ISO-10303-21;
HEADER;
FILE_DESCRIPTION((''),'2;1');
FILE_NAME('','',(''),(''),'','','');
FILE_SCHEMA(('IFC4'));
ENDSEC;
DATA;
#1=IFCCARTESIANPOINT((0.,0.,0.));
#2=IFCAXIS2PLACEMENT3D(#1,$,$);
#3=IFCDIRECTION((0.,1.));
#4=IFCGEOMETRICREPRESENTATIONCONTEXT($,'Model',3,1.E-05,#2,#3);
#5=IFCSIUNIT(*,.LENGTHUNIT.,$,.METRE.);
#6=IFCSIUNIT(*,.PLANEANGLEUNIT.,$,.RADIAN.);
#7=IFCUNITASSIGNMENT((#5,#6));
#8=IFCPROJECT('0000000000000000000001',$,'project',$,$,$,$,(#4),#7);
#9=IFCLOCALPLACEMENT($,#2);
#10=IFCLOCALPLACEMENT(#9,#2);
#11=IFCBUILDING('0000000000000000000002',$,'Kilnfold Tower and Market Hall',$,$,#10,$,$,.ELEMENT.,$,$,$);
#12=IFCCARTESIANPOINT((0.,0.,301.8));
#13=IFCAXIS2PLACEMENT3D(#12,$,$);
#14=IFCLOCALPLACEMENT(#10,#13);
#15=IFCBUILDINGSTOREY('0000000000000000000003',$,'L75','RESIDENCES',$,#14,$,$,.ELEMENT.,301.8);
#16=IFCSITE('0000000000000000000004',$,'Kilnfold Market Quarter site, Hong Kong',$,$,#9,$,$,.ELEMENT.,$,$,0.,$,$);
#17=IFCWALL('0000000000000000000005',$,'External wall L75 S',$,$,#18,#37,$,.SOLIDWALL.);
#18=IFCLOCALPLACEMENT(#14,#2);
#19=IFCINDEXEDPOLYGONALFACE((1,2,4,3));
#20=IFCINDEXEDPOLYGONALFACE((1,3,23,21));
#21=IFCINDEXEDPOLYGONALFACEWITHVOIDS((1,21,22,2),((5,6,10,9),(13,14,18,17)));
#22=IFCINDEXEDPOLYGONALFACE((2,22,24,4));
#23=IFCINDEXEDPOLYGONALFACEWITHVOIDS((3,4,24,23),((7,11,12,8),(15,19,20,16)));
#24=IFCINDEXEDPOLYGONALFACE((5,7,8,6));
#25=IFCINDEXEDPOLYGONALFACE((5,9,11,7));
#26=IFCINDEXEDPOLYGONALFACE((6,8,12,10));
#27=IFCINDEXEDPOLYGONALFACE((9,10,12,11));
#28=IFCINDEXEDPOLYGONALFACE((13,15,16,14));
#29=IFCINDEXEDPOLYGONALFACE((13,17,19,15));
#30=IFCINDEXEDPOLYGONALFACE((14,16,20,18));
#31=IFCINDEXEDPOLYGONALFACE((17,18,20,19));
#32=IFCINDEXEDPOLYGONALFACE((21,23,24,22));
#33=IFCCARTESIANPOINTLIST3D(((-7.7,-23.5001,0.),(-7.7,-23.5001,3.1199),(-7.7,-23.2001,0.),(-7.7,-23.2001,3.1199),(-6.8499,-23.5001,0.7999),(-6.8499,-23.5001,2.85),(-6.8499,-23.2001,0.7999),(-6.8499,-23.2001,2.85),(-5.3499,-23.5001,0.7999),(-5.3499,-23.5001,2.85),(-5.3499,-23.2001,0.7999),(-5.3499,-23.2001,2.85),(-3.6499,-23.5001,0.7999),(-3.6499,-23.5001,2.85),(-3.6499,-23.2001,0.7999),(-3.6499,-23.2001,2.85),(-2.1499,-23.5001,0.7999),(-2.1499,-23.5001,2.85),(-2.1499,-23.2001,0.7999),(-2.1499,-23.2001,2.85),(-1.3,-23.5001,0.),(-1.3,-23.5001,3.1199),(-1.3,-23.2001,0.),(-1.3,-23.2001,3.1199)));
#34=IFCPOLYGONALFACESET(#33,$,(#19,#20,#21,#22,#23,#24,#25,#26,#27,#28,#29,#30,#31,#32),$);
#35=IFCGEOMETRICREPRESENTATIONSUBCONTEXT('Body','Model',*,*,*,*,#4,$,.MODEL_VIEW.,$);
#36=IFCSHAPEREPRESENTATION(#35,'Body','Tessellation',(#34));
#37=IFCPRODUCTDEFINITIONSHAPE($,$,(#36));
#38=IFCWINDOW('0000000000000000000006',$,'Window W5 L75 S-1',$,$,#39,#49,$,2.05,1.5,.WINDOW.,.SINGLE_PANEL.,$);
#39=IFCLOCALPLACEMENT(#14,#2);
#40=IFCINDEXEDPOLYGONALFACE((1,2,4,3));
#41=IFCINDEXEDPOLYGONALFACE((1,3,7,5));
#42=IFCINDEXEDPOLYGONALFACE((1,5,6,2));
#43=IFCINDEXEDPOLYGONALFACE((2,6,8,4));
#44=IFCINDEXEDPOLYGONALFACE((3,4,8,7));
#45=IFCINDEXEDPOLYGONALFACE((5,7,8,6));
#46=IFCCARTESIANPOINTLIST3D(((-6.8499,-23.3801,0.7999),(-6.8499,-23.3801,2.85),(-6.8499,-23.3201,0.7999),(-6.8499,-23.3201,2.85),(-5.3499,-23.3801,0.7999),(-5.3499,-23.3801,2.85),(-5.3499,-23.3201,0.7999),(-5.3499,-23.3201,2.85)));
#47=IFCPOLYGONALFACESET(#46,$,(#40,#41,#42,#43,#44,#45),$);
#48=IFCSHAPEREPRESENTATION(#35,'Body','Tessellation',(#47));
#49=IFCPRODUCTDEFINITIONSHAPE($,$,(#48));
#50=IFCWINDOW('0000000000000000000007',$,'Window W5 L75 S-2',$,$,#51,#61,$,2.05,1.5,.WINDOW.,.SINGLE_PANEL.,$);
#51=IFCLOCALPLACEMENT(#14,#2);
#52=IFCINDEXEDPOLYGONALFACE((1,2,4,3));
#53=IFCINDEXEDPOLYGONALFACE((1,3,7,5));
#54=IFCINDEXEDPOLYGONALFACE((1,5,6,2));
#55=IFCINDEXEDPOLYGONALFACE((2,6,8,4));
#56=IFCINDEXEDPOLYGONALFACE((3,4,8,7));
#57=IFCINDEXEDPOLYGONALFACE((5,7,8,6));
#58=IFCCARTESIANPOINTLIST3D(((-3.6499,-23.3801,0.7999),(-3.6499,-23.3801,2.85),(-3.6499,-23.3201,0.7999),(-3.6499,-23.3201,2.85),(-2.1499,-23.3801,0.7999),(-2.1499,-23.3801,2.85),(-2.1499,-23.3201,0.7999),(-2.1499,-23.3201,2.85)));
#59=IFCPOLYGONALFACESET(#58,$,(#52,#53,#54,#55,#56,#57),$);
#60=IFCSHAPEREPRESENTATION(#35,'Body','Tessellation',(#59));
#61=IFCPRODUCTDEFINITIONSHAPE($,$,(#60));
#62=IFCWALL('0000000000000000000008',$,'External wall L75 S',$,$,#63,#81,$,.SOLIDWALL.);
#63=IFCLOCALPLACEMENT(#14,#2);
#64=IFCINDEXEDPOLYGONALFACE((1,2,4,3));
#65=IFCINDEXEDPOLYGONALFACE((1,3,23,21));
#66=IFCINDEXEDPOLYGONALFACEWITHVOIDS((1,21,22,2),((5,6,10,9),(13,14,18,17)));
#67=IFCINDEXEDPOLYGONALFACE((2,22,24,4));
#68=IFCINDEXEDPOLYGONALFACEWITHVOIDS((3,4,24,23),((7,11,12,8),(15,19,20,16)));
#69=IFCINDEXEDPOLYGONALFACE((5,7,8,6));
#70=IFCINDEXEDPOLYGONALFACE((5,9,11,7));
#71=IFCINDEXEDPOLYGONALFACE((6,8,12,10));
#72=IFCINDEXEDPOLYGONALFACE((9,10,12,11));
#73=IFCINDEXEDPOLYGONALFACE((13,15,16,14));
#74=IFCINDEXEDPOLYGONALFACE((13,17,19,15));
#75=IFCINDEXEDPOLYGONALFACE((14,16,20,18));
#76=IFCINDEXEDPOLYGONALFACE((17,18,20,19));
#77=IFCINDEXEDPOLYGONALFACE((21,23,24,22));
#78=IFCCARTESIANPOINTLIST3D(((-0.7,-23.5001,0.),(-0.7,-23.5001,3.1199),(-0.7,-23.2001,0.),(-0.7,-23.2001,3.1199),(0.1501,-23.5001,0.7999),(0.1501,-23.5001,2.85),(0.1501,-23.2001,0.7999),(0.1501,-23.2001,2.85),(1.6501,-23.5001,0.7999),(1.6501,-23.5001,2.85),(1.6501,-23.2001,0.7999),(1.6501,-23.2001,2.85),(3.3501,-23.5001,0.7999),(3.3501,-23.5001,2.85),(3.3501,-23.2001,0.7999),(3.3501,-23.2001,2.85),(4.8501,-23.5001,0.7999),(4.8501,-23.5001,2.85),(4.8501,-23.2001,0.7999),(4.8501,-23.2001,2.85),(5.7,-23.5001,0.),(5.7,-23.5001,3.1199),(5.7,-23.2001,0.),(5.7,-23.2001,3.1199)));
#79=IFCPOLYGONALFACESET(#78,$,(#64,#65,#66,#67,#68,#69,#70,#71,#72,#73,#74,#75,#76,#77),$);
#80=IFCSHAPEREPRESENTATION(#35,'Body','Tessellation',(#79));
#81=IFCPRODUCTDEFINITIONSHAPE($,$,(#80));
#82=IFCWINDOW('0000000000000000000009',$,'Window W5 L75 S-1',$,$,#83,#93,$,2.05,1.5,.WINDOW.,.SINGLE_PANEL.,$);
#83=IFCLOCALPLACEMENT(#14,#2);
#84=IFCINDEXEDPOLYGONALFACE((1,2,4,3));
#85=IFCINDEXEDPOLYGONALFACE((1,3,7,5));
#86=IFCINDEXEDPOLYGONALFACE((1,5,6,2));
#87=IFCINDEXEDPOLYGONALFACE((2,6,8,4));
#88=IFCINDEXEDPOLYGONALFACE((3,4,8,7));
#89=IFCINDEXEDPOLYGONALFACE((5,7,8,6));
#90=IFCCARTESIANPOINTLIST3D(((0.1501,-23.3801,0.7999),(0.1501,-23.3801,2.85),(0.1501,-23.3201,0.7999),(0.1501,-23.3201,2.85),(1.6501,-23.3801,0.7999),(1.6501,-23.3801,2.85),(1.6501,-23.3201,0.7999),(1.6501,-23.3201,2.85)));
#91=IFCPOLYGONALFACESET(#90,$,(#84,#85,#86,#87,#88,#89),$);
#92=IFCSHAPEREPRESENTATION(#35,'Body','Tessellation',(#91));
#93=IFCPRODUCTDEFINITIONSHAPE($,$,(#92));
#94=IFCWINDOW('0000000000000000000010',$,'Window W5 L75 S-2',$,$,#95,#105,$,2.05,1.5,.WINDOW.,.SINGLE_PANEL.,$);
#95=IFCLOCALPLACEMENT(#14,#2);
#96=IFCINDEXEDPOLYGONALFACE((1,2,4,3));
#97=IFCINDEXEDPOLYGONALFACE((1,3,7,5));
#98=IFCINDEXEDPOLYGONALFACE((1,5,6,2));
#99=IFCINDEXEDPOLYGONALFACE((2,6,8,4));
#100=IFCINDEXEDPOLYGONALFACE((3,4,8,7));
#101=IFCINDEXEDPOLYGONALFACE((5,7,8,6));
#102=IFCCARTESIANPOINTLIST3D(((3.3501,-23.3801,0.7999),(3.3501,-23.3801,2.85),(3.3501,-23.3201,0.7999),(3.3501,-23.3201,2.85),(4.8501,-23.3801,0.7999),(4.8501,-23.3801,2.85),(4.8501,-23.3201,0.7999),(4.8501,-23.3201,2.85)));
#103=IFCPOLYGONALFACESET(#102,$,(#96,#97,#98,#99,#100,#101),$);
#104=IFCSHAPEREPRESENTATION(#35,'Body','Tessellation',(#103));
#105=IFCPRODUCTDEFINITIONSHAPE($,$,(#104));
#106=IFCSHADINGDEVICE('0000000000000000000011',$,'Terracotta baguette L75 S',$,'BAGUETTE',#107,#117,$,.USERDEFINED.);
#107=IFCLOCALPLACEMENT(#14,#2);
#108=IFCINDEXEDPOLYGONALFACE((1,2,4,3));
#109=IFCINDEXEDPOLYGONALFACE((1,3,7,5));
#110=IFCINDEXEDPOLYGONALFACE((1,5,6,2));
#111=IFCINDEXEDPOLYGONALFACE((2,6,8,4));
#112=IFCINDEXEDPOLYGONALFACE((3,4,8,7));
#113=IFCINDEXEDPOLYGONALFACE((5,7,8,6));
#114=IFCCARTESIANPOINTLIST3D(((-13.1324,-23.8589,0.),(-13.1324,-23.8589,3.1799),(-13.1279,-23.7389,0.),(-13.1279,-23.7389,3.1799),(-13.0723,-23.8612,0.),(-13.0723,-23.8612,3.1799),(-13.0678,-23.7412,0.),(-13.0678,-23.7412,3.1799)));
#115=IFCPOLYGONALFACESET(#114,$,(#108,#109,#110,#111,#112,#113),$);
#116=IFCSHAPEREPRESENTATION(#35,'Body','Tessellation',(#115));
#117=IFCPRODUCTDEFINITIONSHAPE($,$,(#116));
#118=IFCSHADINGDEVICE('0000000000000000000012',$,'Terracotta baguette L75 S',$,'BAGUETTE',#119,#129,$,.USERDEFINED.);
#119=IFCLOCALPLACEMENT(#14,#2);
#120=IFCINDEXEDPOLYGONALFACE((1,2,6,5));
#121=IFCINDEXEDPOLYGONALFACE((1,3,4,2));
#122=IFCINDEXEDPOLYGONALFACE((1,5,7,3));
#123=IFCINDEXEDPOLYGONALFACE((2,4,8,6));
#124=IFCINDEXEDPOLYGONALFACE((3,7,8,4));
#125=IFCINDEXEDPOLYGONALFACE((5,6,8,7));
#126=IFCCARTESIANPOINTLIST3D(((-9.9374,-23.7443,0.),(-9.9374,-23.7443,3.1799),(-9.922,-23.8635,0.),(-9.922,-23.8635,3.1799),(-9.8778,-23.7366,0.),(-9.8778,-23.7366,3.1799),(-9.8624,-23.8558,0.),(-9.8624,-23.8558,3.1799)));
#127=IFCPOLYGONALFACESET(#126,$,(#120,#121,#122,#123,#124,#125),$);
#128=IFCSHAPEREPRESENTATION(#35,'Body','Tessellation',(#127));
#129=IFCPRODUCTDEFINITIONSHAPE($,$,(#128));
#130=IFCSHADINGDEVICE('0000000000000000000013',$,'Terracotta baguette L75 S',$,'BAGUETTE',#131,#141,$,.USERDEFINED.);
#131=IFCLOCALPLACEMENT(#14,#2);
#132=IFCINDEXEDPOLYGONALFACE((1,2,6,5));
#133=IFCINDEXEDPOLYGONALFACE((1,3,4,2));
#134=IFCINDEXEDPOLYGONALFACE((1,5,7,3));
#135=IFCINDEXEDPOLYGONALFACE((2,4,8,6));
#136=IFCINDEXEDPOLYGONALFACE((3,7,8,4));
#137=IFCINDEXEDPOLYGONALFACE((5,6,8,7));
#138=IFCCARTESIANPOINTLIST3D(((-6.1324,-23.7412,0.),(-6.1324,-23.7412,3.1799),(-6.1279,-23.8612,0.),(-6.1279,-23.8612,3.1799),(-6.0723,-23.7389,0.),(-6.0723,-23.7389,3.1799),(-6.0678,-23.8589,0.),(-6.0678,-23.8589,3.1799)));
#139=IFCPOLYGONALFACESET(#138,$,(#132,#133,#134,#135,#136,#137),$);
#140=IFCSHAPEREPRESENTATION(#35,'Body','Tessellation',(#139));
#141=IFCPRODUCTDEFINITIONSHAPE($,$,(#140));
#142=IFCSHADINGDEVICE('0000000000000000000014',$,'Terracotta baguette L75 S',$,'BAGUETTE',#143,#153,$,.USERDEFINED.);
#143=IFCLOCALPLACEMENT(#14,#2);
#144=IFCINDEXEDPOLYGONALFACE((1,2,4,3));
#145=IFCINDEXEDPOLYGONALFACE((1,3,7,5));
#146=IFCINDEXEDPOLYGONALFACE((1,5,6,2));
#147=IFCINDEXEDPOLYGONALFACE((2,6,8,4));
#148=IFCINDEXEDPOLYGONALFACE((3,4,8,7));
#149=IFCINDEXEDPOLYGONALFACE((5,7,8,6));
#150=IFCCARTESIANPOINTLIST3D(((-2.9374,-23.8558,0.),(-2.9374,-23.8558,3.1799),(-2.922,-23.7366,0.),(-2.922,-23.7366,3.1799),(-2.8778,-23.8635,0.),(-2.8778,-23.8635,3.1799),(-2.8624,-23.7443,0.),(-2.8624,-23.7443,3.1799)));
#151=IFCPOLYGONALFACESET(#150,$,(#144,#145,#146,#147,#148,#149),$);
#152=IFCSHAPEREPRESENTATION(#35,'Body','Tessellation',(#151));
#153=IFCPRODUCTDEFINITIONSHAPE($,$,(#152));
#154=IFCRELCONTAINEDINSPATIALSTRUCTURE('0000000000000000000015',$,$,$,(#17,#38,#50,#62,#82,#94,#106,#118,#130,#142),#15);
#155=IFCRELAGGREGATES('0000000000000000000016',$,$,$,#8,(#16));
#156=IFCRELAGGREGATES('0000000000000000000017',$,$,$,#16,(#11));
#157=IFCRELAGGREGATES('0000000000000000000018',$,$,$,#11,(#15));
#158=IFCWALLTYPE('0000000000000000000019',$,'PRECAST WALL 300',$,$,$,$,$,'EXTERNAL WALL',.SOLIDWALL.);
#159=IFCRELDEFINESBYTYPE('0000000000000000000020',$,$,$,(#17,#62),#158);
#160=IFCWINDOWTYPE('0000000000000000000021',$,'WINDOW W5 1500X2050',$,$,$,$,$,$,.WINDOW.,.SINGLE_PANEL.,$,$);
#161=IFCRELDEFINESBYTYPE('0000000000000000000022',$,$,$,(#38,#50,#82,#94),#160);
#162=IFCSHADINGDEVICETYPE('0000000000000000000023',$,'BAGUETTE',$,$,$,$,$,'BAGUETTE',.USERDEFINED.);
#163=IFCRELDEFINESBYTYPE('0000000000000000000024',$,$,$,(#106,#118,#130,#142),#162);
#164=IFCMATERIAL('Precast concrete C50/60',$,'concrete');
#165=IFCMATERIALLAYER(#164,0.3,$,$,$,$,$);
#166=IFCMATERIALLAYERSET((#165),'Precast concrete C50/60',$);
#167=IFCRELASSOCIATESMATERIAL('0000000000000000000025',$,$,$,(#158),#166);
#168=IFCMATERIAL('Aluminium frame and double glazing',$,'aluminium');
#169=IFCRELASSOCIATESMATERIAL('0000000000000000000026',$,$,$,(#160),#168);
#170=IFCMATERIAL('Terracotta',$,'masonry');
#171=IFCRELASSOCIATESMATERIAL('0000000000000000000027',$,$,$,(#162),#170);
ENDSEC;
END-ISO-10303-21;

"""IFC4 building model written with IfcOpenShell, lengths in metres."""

from ifc_helpers import new_model, si_unit, direction, frame, frame_2d, origin, origin_2d, place, context, subcontext, project, spatial, rectangle, extrude, source, transform, mapped, material, layer, layer_set, material_profile, profile_set, type_object, element, fill, save


model = new_model("IFC4")

# Units and contexts
model_context = context("Model", 3, precision=1e-05, world=origin(), true_north=direction((0.0, 1.0)))
body_context = subcontext(model_context, "Body", "Model", "MODEL_VIEW")
ifc_project = project(units=[si_unit("LENGTHUNIT", "METRE"), si_unit("PLANEANGLEUNIT", "RADIAN")], contexts=[model_context])

# Site, building, storey
site_placement = place(None, origin())
site = spatial("IfcSite", under=ifc_project, at=site_placement, Name="Kilnfold Market Quarter site, Hong Kong", CompositionType="ELEMENT", RefElevation=0.0)
building_placement = place(site_placement, origin())
building = spatial("IfcBuilding", under=site, at=building_placement, Name="Kilnfold Tower and Market Hall", CompositionType="ELEMENT")
storey_placement = place(building_placement, frame((0.0, 0.0, 301.8)))
storey = spatial("IfcBuildingStorey", under=building, at=storey_placement, Name="L75", Description="RESIDENCES", CompositionType="ELEMENT", Elevation=301.8)

# Walls, openings, windows
ifc_material_1 = material(Name="Precast concrete C50/60", Category="concrete")
ifc_layer_1 = layer(ifc_material_1, 0.3)
ifc_layer_set_1 = layer_set([ifc_layer_1], Name="Precast concrete C50/60")
wall_type_1 = type_object("IfcWallType", Name="PRECAST WALL 300", ElementType="EXTERNAL WALL", PredefinedType="SOLIDWALL", material=ifc_layer_set_1)
shared_shape_1 = source(origin(), body_context, "Body", "SweptSolid", [
    extrude(rectangle(XDim=6.3999, YDim=0.3, at=frame_2d((3.2, 0.0))), origin(), (0.0, 0.0, 1.0), 3.1199),
])
wall_1_placement = place(storey_placement, frame((-7.7, -23.3501, 0.0), z_axis=(0.0, 0.0, 1.0), x_axis=(1.0, 0.0, 0.0)))
wall_1 = element("IfcWall", 1, at=wall_1_placement, inside=storey, type_object=wall_type_1, Name="External wall L75 S", PredefinedType="SOLIDWALL", context=body_context, shape_type="MappedRepresentation", body=[
    mapped(shared_shape_1, transform((0.0, 0.0, 0.0))),
])
opening_1_placement = place(wall_1_placement, frame((0.8501, 0.0, 0.8)))
opening_1 = element("IfcOpeningElement", 2, at=opening_1_placement, cuts=wall_1, PredefinedType="OPENING", context=body_context, shape_type="SweptSolid", body=[
    extrude(rectangle(XDim=1.5, YDim=2.05, at=frame_2d((0.75, 1.0249))), frame((0.0, 0.1602, 0.0), z_axis=(0.0, -1.0, 0.0), x_axis=(1.0, 0.0, 0.0)), (0.0, 0.0, 1.0), 0.3201),
])
opening_2_placement = place(wall_1_placement, frame((4.05, 0.0, 0.8)))
opening_2 = element("IfcOpeningElement", 3, at=opening_2_placement, cuts=wall_1, PredefinedType="OPENING", context=body_context, shape_type="SweptSolid", body=[
    extrude(rectangle(XDim=1.5, YDim=2.05, at=frame_2d((0.75, 1.0249))), frame((0.0, 0.1602, 0.0), z_axis=(0.0, -1.0, 0.0), x_axis=(1.0, 0.0, 0.0)), (0.0, 0.0, 1.0), 0.3201),
])
ifc_material_2 = material(Name="Aluminium frame and double glazing", Category="aluminium")
window_type = type_object("IfcWindowType", Name="WINDOW W5 1500X2050", PartitioningType="SINGLE_PANEL", PredefinedType="WINDOW", material=ifc_material_2)
window_1_placement = place(opening_1_placement, origin())
window_1 = element("IfcWindow", 4, at=window_1_placement, inside=storey, type_object=window_type, Name="Window W5 L75 S-1", OverallHeight=2.05, OverallWidth=1.5, PartitioningType="SINGLE_PANEL", PredefinedType="WINDOW", context=body_context, shape_type="SweptSolid", body=[
    extrude(rectangle(XDim=1.5, YDim=2.05, at=frame_2d((0.75, 1.0249))), frame((0.0, 0.03, 0.0), z_axis=(0.0, -1.0, 0.0), x_axis=(1.0, 0.0, 0.0)), (0.0, 0.0, 1.0), 0.0601),
])
fill(opening_1, window_1)
window_2_placement = place(opening_2_placement, origin())
window_2 = element("IfcWindow", 5, at=window_2_placement, inside=storey, type_object=window_type, Name="Window W5 L75 S-2", OverallHeight=2.05, OverallWidth=1.5, PartitioningType="SINGLE_PANEL", PredefinedType="WINDOW", context=body_context, shape_type="SweptSolid", body=[
    extrude(rectangle(XDim=1.5, YDim=2.05, at=frame_2d((0.75, 1.0249))), frame((0.0, 0.03, 0.0), z_axis=(0.0, -1.0, 0.0), x_axis=(1.0, 0.0, 0.0)), (0.0, 0.0, 1.0), 0.0601),
])
fill(opening_2, window_2)
wall_2_placement = place(storey_placement, frame((-0.7, -23.3501, 0.0), z_axis=(0.0, 0.0, 1.0), x_axis=(1.0, 0.0, 0.0)))
wall_2 = element("IfcWall", 6, at=wall_2_placement, inside=storey, type_object=wall_type_1, Name="External wall L75 S", PredefinedType="SOLIDWALL", context=body_context, shape_type="MappedRepresentation", body=[
    mapped(shared_shape_1, transform((0.0, 0.0, 0.0))),
])
opening_3_placement = place(wall_2_placement, frame((0.8501, 0.0, 0.8)))
opening_3 = element("IfcOpeningElement", 7, at=opening_3_placement, cuts=wall_2, PredefinedType="OPENING", context=body_context, shape_type="SweptSolid", body=[
    extrude(rectangle(XDim=1.5, YDim=2.05, at=frame_2d((0.75, 1.0249))), frame((0.0, 0.1602, 0.0), z_axis=(0.0, -1.0, 0.0), x_axis=(1.0, 0.0, 0.0)), (0.0, 0.0, 1.0), 0.3201),
])
opening_4_placement = place(wall_2_placement, frame((4.05, 0.0, 0.8)))
opening_4 = element("IfcOpeningElement", 8, at=opening_4_placement, cuts=wall_2, PredefinedType="OPENING", context=body_context, shape_type="SweptSolid", body=[
    extrude(rectangle(XDim=1.5, YDim=2.05, at=frame_2d((0.75, 1.0249))), frame((0.0, 0.1602, 0.0), z_axis=(0.0, -1.0, 0.0), x_axis=(1.0, 0.0, 0.0)), (0.0, 0.0, 1.0), 0.3201),
])
window_3_placement = place(opening_3_placement, origin())
window_3 = element("IfcWindow", 9, at=window_3_placement, inside=storey, type_object=window_type, Name="Window W5 L75 S-1", OverallHeight=2.05, OverallWidth=1.5, PartitioningType="SINGLE_PANEL", PredefinedType="WINDOW", context=body_context, shape_type="SweptSolid", body=[
    extrude(rectangle(XDim=1.5, YDim=2.05, at=frame_2d((0.75, 1.0249))), frame((0.0, 0.03, 0.0), z_axis=(0.0, -1.0, 0.0), x_axis=(1.0, 0.0, 0.0)), (0.0, 0.0, 1.0), 0.0601),
])
fill(opening_3, window_3)
window_4_placement = place(opening_4_placement, origin())
window_4 = element("IfcWindow", 10, at=window_4_placement, inside=storey, type_object=window_type, Name="Window W5 L75 S-2", OverallHeight=2.05, OverallWidth=1.5, PartitioningType="SINGLE_PANEL", PredefinedType="WINDOW", context=body_context, shape_type="SweptSolid", body=[
    extrude(rectangle(XDim=1.5, YDim=2.05, at=frame_2d((0.75, 1.0249))), frame((0.0, 0.03, 0.0), z_axis=(0.0, -1.0, 0.0), x_axis=(1.0, 0.0, 0.0)), (0.0, 0.0, 1.0), 0.0601),
])
fill(opening_4, window_4)

# Shading devices
ifc_material_3 = material(Name="Terracotta", Category="masonry")
ifc_material_profile_1 = material_profile(ifc_material_3, rectangle(XDim=0.0601, YDim=0.1201, at=origin_2d()), Name="BAG 60x120")
ifc_profile_set_1 = profile_set([ifc_material_profile_1], Name="Terracotta")
shading_device_type = type_object("IfcShadingDeviceType", Name="BAGUETTE", ElementType="BAGUETTE", PredefinedType="USERDEFINED", material=ifc_profile_set_1)
shared_shape_2 = source(origin(), body_context, "Body", "SweptSolid", [
    extrude(rectangle(XDim=0.0601, YDim=0.1201, at=origin_2d()), origin(), (0.0, 0.0, 1.0), 3.1799),
])
for number, where, z_axis, x_axis, name in (
    (11, (-13.1001, -23.8, 0.0), (0.0, 0.0, 1.0), (0.999297, -0.0375, 0.0), "Terracotta baguette L75 S"),
    (12, (-9.8999, -23.8, 0.0), (0.0, 0.0, 1.0), (0.991788, 0.12789, 0.0), "Terracotta baguette L75 S"),
    (13, (-6.1001, -23.8, 0.0), (0.0, 0.0, 1.0), (0.999297, 0.0375, 0.0), "Terracotta baguette L75 S"),
    (14, (-2.8999, -23.8, 0.0), (0.0, 0.0, 1.0), (0.991788, -0.12789, 0.0), "Terracotta baguette L75 S"),
):
    element("IfcShadingDevice", number, at=place(storey_placement, frame(where, z_axis=z_axis, x_axis=x_axis)), inside=storey, type_object=shading_device_type, Name=name, ObjectType="BAGUETTE", PredefinedType="USERDEFINED", context=body_context, shape_type="MappedRepresentation", body=[
        mapped(shared_shape_2, transform((0.0, 0.0, 0.0))),
    ])

save(model, "model.ifc")
